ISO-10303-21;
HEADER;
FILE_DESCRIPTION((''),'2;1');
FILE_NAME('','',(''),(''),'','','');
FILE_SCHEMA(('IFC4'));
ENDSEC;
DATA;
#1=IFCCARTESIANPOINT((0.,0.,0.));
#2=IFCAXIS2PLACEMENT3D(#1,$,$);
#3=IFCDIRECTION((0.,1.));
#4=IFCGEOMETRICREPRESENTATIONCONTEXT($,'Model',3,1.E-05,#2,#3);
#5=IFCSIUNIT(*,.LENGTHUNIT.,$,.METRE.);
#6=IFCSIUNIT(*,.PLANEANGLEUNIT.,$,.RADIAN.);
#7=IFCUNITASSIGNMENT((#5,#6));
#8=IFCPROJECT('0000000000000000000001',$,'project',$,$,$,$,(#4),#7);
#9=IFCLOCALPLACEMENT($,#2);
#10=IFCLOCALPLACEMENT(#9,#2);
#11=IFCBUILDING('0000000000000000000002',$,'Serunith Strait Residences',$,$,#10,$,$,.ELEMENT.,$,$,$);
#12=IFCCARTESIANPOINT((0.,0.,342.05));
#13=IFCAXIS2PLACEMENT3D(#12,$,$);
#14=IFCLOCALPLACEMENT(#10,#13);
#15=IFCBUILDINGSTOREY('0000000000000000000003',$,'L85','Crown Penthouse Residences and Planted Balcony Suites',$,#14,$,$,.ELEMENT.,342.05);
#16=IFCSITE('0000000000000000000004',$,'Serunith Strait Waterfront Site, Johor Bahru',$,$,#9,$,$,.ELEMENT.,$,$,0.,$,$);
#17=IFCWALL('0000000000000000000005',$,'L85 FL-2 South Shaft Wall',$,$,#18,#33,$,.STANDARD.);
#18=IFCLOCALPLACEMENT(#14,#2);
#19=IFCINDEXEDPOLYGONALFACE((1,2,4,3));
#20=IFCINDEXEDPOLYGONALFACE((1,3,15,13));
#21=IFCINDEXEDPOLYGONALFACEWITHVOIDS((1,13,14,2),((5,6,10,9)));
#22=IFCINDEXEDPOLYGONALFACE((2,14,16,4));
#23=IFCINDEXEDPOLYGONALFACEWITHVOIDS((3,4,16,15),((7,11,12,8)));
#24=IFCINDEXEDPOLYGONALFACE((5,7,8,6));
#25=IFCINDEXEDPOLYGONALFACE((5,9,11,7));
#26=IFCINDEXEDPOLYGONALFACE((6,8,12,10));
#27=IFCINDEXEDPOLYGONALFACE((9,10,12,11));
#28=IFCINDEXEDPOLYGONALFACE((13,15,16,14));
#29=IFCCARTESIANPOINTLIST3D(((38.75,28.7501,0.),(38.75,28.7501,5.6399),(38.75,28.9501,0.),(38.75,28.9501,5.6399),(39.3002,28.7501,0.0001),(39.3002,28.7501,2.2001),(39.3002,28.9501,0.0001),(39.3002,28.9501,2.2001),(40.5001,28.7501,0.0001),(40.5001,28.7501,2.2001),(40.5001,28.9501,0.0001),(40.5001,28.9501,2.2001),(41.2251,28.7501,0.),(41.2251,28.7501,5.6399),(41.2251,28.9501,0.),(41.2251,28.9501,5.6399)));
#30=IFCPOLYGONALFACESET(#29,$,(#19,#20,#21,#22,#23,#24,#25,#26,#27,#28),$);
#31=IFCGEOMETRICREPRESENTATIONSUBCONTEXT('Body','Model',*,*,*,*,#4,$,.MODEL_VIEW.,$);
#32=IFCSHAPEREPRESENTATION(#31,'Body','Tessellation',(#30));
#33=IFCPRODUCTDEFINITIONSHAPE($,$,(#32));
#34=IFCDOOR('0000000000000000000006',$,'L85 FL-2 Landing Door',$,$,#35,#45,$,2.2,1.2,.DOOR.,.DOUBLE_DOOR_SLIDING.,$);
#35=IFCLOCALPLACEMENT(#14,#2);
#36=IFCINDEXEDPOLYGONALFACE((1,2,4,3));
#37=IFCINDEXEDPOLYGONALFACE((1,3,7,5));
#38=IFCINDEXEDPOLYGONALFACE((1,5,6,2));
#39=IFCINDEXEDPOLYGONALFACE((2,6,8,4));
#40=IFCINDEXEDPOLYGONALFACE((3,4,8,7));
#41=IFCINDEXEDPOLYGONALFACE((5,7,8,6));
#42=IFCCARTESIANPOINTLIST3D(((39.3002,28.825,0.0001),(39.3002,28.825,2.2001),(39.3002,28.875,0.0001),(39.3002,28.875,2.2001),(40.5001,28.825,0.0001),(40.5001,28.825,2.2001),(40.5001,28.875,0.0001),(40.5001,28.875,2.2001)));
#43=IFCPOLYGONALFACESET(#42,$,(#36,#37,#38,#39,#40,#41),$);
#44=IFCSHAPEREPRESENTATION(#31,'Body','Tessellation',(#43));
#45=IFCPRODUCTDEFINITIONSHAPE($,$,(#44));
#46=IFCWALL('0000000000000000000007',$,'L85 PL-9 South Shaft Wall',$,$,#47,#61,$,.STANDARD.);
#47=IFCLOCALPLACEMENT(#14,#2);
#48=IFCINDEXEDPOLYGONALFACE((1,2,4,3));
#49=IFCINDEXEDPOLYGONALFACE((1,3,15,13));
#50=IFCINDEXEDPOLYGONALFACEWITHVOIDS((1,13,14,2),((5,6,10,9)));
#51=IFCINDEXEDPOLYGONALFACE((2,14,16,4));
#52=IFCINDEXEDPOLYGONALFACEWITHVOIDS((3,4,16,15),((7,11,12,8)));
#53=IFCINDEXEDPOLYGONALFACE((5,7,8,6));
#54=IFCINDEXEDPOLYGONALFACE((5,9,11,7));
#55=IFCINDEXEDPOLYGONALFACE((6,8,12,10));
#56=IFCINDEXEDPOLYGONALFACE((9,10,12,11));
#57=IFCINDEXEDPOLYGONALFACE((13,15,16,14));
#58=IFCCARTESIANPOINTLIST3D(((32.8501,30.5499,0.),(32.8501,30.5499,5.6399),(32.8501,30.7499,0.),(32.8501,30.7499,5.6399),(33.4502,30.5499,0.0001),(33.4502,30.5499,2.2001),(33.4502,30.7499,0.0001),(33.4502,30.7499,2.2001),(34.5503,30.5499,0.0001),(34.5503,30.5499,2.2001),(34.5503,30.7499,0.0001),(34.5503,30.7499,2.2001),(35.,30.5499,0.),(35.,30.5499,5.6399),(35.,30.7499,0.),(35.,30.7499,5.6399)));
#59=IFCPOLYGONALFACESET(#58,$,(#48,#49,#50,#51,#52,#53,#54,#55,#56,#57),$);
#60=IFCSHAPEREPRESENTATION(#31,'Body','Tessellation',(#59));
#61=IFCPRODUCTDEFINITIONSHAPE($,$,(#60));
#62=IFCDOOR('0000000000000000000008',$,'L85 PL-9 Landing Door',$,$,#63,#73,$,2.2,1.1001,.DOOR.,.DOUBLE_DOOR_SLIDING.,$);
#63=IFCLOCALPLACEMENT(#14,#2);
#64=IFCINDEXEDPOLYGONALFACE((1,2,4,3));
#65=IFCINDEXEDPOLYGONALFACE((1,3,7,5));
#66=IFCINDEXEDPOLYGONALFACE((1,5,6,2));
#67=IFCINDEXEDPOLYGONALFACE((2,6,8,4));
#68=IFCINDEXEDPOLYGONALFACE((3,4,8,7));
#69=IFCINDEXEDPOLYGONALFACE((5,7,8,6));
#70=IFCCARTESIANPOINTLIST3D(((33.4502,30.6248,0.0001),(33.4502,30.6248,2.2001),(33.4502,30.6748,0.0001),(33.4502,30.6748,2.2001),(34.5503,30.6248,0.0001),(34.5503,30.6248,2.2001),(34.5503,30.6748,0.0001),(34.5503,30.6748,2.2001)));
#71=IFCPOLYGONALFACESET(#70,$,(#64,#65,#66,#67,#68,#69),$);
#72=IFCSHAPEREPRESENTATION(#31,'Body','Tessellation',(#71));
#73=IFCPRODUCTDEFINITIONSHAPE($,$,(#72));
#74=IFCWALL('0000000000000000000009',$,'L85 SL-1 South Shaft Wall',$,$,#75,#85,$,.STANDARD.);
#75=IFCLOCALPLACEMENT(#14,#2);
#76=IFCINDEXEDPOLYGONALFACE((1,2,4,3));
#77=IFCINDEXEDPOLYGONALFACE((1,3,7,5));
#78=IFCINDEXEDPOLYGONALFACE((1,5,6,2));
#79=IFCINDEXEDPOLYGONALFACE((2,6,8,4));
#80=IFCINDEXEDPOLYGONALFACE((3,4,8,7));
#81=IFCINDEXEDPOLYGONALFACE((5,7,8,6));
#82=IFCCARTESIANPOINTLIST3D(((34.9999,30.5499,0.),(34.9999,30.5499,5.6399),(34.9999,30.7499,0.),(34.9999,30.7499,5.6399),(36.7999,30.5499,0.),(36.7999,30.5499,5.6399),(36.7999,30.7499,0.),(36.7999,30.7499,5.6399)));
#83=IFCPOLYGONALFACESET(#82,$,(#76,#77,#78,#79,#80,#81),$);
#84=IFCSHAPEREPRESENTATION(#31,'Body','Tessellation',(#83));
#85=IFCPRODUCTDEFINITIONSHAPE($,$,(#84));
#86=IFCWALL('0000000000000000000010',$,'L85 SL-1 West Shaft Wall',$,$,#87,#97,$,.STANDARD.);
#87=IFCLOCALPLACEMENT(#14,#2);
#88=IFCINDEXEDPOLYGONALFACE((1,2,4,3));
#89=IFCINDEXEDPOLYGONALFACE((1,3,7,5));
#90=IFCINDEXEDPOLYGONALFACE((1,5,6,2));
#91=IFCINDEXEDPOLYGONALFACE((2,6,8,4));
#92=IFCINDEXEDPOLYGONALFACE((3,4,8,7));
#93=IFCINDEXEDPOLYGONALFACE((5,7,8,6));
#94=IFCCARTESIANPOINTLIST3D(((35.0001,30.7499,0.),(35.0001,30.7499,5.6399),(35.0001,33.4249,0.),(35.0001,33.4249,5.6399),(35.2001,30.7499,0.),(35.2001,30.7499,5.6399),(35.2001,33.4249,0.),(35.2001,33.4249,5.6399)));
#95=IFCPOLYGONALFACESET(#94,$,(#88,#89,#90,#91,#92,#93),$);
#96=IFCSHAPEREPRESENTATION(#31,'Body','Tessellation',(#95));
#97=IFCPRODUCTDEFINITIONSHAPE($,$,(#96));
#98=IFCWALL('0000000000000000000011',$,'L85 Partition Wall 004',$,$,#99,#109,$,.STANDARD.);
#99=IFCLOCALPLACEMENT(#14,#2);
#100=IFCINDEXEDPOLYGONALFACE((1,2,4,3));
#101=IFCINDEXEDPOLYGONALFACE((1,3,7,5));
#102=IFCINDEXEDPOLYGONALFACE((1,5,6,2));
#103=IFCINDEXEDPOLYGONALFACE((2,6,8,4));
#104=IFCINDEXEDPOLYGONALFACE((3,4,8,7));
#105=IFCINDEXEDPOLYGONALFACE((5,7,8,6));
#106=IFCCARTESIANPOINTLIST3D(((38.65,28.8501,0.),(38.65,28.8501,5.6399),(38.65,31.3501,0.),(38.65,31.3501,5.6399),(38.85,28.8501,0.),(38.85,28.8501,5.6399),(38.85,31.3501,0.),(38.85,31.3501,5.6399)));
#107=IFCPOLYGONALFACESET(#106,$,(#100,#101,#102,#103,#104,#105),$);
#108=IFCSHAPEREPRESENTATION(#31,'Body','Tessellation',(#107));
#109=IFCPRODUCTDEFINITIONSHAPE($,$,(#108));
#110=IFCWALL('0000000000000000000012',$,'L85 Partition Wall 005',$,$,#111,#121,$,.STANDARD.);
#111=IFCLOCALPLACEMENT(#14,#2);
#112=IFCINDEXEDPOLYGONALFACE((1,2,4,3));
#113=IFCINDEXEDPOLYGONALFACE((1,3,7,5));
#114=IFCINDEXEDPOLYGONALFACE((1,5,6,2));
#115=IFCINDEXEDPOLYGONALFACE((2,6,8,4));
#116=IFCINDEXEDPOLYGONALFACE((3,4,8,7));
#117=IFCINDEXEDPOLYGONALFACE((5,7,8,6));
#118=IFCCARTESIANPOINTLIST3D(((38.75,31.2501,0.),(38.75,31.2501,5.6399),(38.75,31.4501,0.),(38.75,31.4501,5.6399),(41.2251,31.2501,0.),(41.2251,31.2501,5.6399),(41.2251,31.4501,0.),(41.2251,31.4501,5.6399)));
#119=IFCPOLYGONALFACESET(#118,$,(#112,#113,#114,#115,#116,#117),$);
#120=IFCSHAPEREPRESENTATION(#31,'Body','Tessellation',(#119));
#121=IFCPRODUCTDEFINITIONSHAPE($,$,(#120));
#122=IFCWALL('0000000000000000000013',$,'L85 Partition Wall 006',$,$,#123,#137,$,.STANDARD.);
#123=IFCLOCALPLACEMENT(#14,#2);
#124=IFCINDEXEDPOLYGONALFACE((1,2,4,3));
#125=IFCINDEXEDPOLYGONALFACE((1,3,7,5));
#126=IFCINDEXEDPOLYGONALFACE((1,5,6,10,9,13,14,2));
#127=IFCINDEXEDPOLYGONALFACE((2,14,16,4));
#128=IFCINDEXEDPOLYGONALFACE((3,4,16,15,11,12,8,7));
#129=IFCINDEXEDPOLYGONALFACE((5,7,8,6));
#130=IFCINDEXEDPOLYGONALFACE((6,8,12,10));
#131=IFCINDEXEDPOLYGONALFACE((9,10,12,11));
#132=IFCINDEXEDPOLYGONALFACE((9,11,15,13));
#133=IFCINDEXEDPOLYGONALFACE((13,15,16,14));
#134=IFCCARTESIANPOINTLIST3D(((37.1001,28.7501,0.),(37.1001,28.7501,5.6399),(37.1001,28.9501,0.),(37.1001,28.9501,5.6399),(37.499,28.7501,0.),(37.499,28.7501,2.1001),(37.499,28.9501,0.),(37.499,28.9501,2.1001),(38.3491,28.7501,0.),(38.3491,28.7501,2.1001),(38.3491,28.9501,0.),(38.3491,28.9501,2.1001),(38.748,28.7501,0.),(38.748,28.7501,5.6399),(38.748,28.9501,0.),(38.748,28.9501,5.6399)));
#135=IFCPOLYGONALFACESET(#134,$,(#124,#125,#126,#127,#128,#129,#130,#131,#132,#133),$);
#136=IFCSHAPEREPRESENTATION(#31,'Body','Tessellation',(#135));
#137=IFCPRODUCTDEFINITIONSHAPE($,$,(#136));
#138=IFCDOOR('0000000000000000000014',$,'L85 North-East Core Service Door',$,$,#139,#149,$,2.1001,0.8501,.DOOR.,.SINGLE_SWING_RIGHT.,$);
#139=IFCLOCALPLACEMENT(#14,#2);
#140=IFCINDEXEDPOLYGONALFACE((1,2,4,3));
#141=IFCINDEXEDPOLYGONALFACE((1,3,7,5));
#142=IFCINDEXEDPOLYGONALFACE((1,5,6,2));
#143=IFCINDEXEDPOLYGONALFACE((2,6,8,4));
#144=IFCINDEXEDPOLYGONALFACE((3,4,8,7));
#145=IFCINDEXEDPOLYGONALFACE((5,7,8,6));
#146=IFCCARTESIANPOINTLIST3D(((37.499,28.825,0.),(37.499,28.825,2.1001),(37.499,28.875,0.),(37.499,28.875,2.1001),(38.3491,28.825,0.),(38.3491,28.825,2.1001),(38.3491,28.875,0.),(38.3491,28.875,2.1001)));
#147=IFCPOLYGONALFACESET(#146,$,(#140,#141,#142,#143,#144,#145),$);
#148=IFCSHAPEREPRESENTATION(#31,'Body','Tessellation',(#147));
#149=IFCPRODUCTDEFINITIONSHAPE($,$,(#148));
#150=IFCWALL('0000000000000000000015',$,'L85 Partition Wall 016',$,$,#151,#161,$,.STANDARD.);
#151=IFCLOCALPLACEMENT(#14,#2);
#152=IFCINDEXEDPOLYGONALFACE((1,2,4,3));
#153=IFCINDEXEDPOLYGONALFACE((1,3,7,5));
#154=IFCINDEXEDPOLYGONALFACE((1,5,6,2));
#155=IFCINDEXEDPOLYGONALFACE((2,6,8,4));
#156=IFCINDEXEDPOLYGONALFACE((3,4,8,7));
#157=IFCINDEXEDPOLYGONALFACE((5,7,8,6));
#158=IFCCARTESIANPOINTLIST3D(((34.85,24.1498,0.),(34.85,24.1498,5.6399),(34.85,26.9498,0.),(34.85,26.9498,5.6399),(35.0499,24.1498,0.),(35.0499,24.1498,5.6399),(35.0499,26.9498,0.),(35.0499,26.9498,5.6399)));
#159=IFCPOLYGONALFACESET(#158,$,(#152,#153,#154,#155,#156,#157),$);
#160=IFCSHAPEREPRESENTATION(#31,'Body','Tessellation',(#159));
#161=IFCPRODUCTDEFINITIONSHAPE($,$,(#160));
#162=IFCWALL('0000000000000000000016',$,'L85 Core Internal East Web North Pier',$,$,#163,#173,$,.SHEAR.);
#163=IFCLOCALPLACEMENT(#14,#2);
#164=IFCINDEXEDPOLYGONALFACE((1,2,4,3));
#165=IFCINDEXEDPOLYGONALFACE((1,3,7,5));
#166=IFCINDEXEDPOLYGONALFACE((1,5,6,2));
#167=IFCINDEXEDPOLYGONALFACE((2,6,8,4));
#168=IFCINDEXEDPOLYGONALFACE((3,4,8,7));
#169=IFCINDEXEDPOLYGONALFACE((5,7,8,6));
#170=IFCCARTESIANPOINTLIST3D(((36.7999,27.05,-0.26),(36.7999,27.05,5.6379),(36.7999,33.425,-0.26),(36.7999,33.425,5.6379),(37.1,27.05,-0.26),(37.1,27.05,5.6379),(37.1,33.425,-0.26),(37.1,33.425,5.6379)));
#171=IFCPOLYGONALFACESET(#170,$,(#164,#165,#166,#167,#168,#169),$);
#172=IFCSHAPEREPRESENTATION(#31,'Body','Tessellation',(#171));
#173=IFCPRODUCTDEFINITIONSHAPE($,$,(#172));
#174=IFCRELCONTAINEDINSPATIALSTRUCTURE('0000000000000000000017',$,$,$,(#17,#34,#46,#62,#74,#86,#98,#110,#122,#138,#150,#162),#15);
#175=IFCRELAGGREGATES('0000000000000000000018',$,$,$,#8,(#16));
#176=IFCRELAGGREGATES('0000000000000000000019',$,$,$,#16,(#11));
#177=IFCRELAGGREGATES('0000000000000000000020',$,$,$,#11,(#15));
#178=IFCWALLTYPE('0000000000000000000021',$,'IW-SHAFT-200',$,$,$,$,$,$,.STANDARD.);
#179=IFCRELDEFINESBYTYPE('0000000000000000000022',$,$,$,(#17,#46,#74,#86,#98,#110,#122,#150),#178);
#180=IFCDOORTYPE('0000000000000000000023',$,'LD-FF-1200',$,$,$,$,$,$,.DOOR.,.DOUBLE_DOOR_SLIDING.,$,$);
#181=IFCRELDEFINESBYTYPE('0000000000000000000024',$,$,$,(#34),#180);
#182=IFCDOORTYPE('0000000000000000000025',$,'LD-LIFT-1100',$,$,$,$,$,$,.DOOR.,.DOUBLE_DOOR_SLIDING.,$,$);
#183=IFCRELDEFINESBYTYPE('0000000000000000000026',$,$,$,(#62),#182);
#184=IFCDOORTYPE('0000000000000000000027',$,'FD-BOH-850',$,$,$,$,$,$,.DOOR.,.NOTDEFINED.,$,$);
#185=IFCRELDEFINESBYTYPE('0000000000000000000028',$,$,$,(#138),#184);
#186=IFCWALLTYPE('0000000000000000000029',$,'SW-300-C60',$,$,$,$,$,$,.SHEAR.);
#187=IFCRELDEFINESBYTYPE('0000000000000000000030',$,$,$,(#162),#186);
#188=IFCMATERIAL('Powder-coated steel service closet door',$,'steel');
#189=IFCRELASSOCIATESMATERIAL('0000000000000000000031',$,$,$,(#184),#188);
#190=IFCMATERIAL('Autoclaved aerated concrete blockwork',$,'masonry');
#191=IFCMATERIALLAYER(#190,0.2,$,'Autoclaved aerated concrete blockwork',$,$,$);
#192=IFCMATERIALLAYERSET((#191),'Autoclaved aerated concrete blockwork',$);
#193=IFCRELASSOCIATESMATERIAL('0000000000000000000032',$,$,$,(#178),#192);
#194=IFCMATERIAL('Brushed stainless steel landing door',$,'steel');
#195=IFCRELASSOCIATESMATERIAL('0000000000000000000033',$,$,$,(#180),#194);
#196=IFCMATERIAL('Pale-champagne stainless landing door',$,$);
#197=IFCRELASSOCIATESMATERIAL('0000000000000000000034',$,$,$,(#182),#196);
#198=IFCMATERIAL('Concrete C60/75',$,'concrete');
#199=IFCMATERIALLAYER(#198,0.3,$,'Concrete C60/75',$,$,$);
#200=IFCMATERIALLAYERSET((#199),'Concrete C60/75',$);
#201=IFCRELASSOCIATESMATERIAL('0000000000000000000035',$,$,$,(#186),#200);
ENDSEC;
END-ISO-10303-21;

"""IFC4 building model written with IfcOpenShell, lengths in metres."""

from ifc_helpers import new_model, si_unit, direction, frame, frame_2d, origin, place, context, subcontext, project, spatial, rectangle, extrude, source, transform, mapped, material, layer, layer_set, type_object, element, fill, save


model = new_model("IFC4")

# Units and contexts
model_context = context("Model", 3, precision=1e-05, world=origin(), true_north=direction((0.0, 1.0)))
body_context = subcontext(model_context, "Body", "Model", "MODEL_VIEW")
ifc_project = project(units=[si_unit("LENGTHUNIT", "METRE"), si_unit("PLANEANGLEUNIT", "RADIAN")], contexts=[model_context])

# Site, building, storey
site_placement = place(None, origin())
site = spatial("IfcSite", under=ifc_project, at=site_placement, Name="Serunith Strait Waterfront Site, Johor Bahru", CompositionType="ELEMENT", RefElevation=0.0)
building_placement = place(site_placement, origin())
building = spatial("IfcBuilding", under=site, at=building_placement, Name="Serunith Strait Residences", CompositionType="ELEMENT")
storey_placement = place(building_placement, frame((0.0, 0.0, 342.05)))
storey = spatial("IfcBuildingStorey", under=building, at=storey_placement, Name="L85", Description="Crown Penthouse Residences and Planted Balcony Suites", CompositionType="ELEMENT", Elevation=342.05)

# Walls, openings, doors
ifc_material_1 = material(Name="Powder-coated steel service closet door", Category="steel")
door_type_1 = type_object("IfcDoorType", Name="FD-BOH-850", OperationType="NOTDEFINED", PredefinedType="DOOR", material=ifc_material_1)
shared_shape_1 = source(origin(), body_context, "Body", "SweptSolid", [
    extrude(rectangle(XDim=0.8501, YDim=2.1001, at=frame_2d((0.425, 1.05))), frame((0.0, 0.0249, 0.0), z_axis=(0.0, -1.0, 0.0), x_axis=(1.0, 0.0, 0.0)), (0.0, 0.0, 1.0), 0.05),
])
ifc_material_2 = material(Name="Autoclaved aerated concrete blockwork", Category="masonry")
ifc_layer_1 = layer(ifc_material_2, 0.2, Name="Autoclaved aerated concrete blockwork")
ifc_layer_set_1 = layer_set([ifc_layer_1], Name="Autoclaved aerated concrete blockwork")
wall_type_1 = type_object("IfcWallType", Name="IW-SHAFT-200", PredefinedType="STANDARD", material=ifc_layer_set_1)
wall_1_placement = place(storey_placement, frame((38.75, 28.8501, 0.0), z_axis=(0.0, 0.0, 1.0), x_axis=(1.0, 0.0, 0.0)))
wall_1 = element("IfcWall", 1, at=wall_1_placement, inside=storey, type_object=wall_type_1, Name="L85 FL-2 South Shaft Wall", PredefinedType="STANDARD", context=body_context, shape_type="SweptSolid", body=[
    extrude(rectangle(XDim=2.4751, YDim=0.2, at=frame_2d((1.2375, 0.0))), origin(), (0.0, 0.0, 1.0), 5.6399),
])
opening_1_placement = place(wall_1_placement, frame((0.55, 0.0, 0.0)))
opening_1 = element("IfcOpeningElement", 2, at=opening_1_placement, cuts=wall_1, PredefinedType="OPENING", context=body_context, shape_type="SweptSolid", body=[
    extrude(rectangle(XDim=1.2, YDim=2.2, at=frame_2d((0.6001, 1.1001))), frame((0.0, 0.1099, 0.0), z_axis=(0.0, -1.0, 0.0), x_axis=(1.0, 0.0, 0.0)), (0.0, 0.0, 1.0), 0.22),
])
ifc_material_3 = material(Name="Brushed stainless steel landing door", Category="steel")
door_type_2 = type_object("IfcDoorType", Name="LD-FF-1200", OperationType="DOUBLE_DOOR_SLIDING", PredefinedType="DOOR", material=ifc_material_3)
shared_shape_2 = source(origin(), body_context, "Body", "SweptSolid", [
    extrude(rectangle(XDim=1.2, YDim=2.2, at=frame_2d((0.6001, 1.1001))), frame((0.0, 0.0249, 0.0), z_axis=(0.0, -1.0, 0.0), x_axis=(1.0, 0.0, 0.0)), (0.0, 0.0, 1.0), 0.05),
])
door_1_placement = place(opening_1_placement, origin())
door_1 = element("IfcDoor", 3, at=door_1_placement, inside=storey, type_object=door_type_2, Name="L85 FL-2 Landing Door", OperationType="DOUBLE_DOOR_SLIDING", OverallHeight=2.2, OverallWidth=1.2, PredefinedType="DOOR", context=body_context, shape_type="MappedRepresentation", body=[
    mapped(shared_shape_2, transform((0.0, 0.0, 0.0), scale=1.0)),
])
fill(opening_1, door_1)
wall_2_placement = place(storey_placement, frame((32.8501, 30.6499, 0.0), z_axis=(0.0, 0.0, 1.0), x_axis=(1.0, 0.0, 0.0)))
wall_2 = element("IfcWall", 4, at=wall_2_placement, inside=storey, type_object=wall_type_1, Name="L85 PL-9 South Shaft Wall", PredefinedType="STANDARD", context=body_context, shape_type="SweptSolid", body=[
    extrude(rectangle(XDim=2.1499, YDim=0.2, at=frame_2d((1.075, 0.0))), origin(), (0.0, 0.0, 1.0), 5.6399),
])
opening_2_placement = place(wall_2_placement, frame((0.6001, 0.0, 0.0)))
opening_2 = element("IfcOpeningElement", 5, at=opening_2_placement, cuts=wall_2, PredefinedType="OPENING", context=body_context, shape_type="SweptSolid", body=[
    extrude(rectangle(XDim=1.1001, YDim=2.2, at=frame_2d((0.55, 1.1001))), frame((0.0, 0.1099, 0.0), z_axis=(0.0, -1.0, 0.0), x_axis=(1.0, 0.0, 0.0)), (0.0, 0.0, 1.0), 0.22),
])
ifc_material_4 = material(Name="Pale-champagne stainless landing door")
door_type_3 = type_object("IfcDoorType", Name="LD-LIFT-1100", OperationType="DOUBLE_DOOR_SLIDING", PredefinedType="DOOR", material=ifc_material_4)
shared_shape_3 = source(origin(), body_context, "Body", "SweptSolid", [
    extrude(rectangle(XDim=1.1001, YDim=2.2, at=frame_2d((0.55, 1.1001))), frame((0.0, 0.0249, 0.0), z_axis=(0.0, -1.0, 0.0), x_axis=(1.0, 0.0, 0.0)), (0.0, 0.0, 1.0), 0.05),
])
door_2_placement = place(opening_2_placement, origin())
door_2 = element("IfcDoor", 6, at=door_2_placement, inside=storey, type_object=door_type_3, Name="L85 PL-9 Landing Door", OperationType="DOUBLE_DOOR_SLIDING", OverallHeight=2.2, OverallWidth=1.1001, PredefinedType="DOOR", context=body_context, shape_type="MappedRepresentation", body=[
    mapped(shared_shape_3, transform((0.0, 0.0, 0.0), scale=1.0)),
])
fill(opening_2, door_2)

# Walls
wall_3_placement = place(storey_placement, frame((35.0, 30.6499, 0.0), z_axis=(0.0, 0.0, 1.0), x_axis=(1.0, 0.0, 0.0)))
element("IfcWall", 7, at=wall_3_placement, inside=storey, type_object=wall_type_1, Name="L85 SL-1 South Shaft Wall", PredefinedType="STANDARD", context=body_context, shape_type="SweptSolid", body=[
    extrude(rectangle(XDim=1.8, YDim=0.2, at=frame_2d((0.8999, 0.0))), origin(), (0.0, 0.0, 1.0), 5.6399),
])
wall_4_placement = place(storey_placement, frame((35.1001, 30.75, 0.0), z_axis=(0.0, 0.0, 1.0), x_axis=(0.0, 1.0, 0.0)))
element("IfcWall", 8, at=wall_4_placement, inside=storey, type_object=wall_type_1, Name="L85 SL-1 West Shaft Wall", PredefinedType="STANDARD", context=body_context, shape_type="SweptSolid", body=[
    extrude(rectangle(XDim=2.675, YDim=0.2, at=frame_2d((1.3374, 0.0))), origin(), (0.0, 0.0, 1.0), 5.6399),
])
wall_5_placement = place(storey_placement, frame((38.75, 28.8501, 0.0), z_axis=(0.0, 0.0, 1.0), x_axis=(0.0, 1.0, 0.0)))
element("IfcWall", 9, at=wall_5_placement, inside=storey, type_object=wall_type_1, Name="L85 Partition Wall 004", PredefinedType="STANDARD", context=body_context, shape_type="SweptSolid", body=[
    extrude(rectangle(XDim=2.5, YDim=0.2, at=frame_2d((1.25, 0.0))), origin(), (0.0, 0.0, 1.0), 5.6399),
])
wall_6_placement = place(storey_placement, frame((38.75, 31.3501, 0.0), z_axis=(0.0, 0.0, 1.0), x_axis=(1.0, 0.0, 0.0)))
element("IfcWall", 10, at=wall_6_placement, inside=storey, type_object=wall_type_1, Name="L85 Partition Wall 005", PredefinedType="STANDARD", context=body_context, shape_type="SweptSolid", body=[
    extrude(rectangle(XDim=2.4751, YDim=0.2, at=frame_2d((1.2375, 0.0))), origin(), (0.0, 0.0, 1.0), 5.6399),
])

# Wall, opening, door
wall_7_placement = place(storey_placement, frame((37.1001, 28.8501, 0.0), z_axis=(0.0, 0.0, 1.0), x_axis=(1.0, 0.0, 0.0)))
wall_7 = element("IfcWall", 11, at=wall_7_placement, inside=storey, type_object=wall_type_1, Name="L85 Partition Wall 006", PredefinedType="STANDARD", context=body_context, shape_type="SweptSolid", body=[
    extrude(rectangle(XDim=1.6479, YDim=0.2, at=frame_2d((0.824, 0.0))), origin(), (0.0, 0.0, 1.0), 5.6399),
])
opening_3_placement = place(wall_7_placement, frame((0.3989, 0.0, 0.0)))
opening_3 = element("IfcOpeningElement", 12, at=opening_3_placement, cuts=wall_7, PredefinedType="OPENING", context=body_context, shape_type="SweptSolid", body=[
    extrude(rectangle(XDim=0.8501, YDim=2.1001, at=frame_2d((0.425, 1.05))), frame((0.0, 0.1099, 0.0), z_axis=(0.0, -1.0, 0.0), x_axis=(1.0, 0.0, 0.0)), (0.0, 0.0, 1.0), 0.22),
])
door_3_placement = place(opening_3_placement, origin())
door_3 = element("IfcDoor", 13, at=door_3_placement, inside=storey, type_object=door_type_1, Name="L85 North-East Core Service Door", OperationType="SINGLE_SWING_RIGHT", OverallHeight=2.1001, OverallWidth=0.8501, PredefinedType="DOOR", context=body_context, shape_type="MappedRepresentation", body=[
    mapped(shared_shape_1, transform((0.0, 0.0, 0.0), scale=1.0)),
])
fill(opening_3, door_3)

# Walls
wall_8_placement = place(storey_placement, frame((34.95, 24.1499, 0.0), z_axis=(0.0, 0.0, 1.0), x_axis=(0.0, 1.0, 0.0)))
element("IfcWall", 14, at=wall_8_placement, inside=storey, type_object=wall_type_1, Name="L85 Partition Wall 016", PredefinedType="STANDARD", context=body_context, shape_type="SweptSolid", body=[
    extrude(rectangle(XDim=2.8, YDim=0.2, at=frame_2d((1.3999, 0.0))), origin(), (0.0, 0.0, 1.0), 5.6399),
])
ifc_material_5 = material(Name="Concrete C60/75", Category="concrete")
ifc_layer_2 = layer(ifc_material_5, 0.3, Name="Concrete C60/75")
ifc_layer_set_2 = layer_set([ifc_layer_2], Name="Concrete C60/75")
wall_type_2 = type_object("IfcWallType", Name="SW-300-C60", PredefinedType="SHEAR", material=ifc_layer_set_2)
wall_9_placement = place(storey_placement, frame((36.95, 27.05, -0.26), z_axis=(0.0, 0.0, 1.0), x_axis=(0.0, 1.0, 0.0)))
element("IfcWall", 15, at=wall_9_placement, inside=storey, type_object=wall_type_2, Name="L85 Core Internal East Web North Pier", PredefinedType="SHEAR", context=body_context, shape_type="SweptSolid", body=[
    extrude(rectangle(XDim=6.375, YDim=0.3, at=frame_2d((3.1875, 0.0))), origin(), (0.0, 0.0, 1.0), 5.8979),
])

save(model, "model.ifc")
